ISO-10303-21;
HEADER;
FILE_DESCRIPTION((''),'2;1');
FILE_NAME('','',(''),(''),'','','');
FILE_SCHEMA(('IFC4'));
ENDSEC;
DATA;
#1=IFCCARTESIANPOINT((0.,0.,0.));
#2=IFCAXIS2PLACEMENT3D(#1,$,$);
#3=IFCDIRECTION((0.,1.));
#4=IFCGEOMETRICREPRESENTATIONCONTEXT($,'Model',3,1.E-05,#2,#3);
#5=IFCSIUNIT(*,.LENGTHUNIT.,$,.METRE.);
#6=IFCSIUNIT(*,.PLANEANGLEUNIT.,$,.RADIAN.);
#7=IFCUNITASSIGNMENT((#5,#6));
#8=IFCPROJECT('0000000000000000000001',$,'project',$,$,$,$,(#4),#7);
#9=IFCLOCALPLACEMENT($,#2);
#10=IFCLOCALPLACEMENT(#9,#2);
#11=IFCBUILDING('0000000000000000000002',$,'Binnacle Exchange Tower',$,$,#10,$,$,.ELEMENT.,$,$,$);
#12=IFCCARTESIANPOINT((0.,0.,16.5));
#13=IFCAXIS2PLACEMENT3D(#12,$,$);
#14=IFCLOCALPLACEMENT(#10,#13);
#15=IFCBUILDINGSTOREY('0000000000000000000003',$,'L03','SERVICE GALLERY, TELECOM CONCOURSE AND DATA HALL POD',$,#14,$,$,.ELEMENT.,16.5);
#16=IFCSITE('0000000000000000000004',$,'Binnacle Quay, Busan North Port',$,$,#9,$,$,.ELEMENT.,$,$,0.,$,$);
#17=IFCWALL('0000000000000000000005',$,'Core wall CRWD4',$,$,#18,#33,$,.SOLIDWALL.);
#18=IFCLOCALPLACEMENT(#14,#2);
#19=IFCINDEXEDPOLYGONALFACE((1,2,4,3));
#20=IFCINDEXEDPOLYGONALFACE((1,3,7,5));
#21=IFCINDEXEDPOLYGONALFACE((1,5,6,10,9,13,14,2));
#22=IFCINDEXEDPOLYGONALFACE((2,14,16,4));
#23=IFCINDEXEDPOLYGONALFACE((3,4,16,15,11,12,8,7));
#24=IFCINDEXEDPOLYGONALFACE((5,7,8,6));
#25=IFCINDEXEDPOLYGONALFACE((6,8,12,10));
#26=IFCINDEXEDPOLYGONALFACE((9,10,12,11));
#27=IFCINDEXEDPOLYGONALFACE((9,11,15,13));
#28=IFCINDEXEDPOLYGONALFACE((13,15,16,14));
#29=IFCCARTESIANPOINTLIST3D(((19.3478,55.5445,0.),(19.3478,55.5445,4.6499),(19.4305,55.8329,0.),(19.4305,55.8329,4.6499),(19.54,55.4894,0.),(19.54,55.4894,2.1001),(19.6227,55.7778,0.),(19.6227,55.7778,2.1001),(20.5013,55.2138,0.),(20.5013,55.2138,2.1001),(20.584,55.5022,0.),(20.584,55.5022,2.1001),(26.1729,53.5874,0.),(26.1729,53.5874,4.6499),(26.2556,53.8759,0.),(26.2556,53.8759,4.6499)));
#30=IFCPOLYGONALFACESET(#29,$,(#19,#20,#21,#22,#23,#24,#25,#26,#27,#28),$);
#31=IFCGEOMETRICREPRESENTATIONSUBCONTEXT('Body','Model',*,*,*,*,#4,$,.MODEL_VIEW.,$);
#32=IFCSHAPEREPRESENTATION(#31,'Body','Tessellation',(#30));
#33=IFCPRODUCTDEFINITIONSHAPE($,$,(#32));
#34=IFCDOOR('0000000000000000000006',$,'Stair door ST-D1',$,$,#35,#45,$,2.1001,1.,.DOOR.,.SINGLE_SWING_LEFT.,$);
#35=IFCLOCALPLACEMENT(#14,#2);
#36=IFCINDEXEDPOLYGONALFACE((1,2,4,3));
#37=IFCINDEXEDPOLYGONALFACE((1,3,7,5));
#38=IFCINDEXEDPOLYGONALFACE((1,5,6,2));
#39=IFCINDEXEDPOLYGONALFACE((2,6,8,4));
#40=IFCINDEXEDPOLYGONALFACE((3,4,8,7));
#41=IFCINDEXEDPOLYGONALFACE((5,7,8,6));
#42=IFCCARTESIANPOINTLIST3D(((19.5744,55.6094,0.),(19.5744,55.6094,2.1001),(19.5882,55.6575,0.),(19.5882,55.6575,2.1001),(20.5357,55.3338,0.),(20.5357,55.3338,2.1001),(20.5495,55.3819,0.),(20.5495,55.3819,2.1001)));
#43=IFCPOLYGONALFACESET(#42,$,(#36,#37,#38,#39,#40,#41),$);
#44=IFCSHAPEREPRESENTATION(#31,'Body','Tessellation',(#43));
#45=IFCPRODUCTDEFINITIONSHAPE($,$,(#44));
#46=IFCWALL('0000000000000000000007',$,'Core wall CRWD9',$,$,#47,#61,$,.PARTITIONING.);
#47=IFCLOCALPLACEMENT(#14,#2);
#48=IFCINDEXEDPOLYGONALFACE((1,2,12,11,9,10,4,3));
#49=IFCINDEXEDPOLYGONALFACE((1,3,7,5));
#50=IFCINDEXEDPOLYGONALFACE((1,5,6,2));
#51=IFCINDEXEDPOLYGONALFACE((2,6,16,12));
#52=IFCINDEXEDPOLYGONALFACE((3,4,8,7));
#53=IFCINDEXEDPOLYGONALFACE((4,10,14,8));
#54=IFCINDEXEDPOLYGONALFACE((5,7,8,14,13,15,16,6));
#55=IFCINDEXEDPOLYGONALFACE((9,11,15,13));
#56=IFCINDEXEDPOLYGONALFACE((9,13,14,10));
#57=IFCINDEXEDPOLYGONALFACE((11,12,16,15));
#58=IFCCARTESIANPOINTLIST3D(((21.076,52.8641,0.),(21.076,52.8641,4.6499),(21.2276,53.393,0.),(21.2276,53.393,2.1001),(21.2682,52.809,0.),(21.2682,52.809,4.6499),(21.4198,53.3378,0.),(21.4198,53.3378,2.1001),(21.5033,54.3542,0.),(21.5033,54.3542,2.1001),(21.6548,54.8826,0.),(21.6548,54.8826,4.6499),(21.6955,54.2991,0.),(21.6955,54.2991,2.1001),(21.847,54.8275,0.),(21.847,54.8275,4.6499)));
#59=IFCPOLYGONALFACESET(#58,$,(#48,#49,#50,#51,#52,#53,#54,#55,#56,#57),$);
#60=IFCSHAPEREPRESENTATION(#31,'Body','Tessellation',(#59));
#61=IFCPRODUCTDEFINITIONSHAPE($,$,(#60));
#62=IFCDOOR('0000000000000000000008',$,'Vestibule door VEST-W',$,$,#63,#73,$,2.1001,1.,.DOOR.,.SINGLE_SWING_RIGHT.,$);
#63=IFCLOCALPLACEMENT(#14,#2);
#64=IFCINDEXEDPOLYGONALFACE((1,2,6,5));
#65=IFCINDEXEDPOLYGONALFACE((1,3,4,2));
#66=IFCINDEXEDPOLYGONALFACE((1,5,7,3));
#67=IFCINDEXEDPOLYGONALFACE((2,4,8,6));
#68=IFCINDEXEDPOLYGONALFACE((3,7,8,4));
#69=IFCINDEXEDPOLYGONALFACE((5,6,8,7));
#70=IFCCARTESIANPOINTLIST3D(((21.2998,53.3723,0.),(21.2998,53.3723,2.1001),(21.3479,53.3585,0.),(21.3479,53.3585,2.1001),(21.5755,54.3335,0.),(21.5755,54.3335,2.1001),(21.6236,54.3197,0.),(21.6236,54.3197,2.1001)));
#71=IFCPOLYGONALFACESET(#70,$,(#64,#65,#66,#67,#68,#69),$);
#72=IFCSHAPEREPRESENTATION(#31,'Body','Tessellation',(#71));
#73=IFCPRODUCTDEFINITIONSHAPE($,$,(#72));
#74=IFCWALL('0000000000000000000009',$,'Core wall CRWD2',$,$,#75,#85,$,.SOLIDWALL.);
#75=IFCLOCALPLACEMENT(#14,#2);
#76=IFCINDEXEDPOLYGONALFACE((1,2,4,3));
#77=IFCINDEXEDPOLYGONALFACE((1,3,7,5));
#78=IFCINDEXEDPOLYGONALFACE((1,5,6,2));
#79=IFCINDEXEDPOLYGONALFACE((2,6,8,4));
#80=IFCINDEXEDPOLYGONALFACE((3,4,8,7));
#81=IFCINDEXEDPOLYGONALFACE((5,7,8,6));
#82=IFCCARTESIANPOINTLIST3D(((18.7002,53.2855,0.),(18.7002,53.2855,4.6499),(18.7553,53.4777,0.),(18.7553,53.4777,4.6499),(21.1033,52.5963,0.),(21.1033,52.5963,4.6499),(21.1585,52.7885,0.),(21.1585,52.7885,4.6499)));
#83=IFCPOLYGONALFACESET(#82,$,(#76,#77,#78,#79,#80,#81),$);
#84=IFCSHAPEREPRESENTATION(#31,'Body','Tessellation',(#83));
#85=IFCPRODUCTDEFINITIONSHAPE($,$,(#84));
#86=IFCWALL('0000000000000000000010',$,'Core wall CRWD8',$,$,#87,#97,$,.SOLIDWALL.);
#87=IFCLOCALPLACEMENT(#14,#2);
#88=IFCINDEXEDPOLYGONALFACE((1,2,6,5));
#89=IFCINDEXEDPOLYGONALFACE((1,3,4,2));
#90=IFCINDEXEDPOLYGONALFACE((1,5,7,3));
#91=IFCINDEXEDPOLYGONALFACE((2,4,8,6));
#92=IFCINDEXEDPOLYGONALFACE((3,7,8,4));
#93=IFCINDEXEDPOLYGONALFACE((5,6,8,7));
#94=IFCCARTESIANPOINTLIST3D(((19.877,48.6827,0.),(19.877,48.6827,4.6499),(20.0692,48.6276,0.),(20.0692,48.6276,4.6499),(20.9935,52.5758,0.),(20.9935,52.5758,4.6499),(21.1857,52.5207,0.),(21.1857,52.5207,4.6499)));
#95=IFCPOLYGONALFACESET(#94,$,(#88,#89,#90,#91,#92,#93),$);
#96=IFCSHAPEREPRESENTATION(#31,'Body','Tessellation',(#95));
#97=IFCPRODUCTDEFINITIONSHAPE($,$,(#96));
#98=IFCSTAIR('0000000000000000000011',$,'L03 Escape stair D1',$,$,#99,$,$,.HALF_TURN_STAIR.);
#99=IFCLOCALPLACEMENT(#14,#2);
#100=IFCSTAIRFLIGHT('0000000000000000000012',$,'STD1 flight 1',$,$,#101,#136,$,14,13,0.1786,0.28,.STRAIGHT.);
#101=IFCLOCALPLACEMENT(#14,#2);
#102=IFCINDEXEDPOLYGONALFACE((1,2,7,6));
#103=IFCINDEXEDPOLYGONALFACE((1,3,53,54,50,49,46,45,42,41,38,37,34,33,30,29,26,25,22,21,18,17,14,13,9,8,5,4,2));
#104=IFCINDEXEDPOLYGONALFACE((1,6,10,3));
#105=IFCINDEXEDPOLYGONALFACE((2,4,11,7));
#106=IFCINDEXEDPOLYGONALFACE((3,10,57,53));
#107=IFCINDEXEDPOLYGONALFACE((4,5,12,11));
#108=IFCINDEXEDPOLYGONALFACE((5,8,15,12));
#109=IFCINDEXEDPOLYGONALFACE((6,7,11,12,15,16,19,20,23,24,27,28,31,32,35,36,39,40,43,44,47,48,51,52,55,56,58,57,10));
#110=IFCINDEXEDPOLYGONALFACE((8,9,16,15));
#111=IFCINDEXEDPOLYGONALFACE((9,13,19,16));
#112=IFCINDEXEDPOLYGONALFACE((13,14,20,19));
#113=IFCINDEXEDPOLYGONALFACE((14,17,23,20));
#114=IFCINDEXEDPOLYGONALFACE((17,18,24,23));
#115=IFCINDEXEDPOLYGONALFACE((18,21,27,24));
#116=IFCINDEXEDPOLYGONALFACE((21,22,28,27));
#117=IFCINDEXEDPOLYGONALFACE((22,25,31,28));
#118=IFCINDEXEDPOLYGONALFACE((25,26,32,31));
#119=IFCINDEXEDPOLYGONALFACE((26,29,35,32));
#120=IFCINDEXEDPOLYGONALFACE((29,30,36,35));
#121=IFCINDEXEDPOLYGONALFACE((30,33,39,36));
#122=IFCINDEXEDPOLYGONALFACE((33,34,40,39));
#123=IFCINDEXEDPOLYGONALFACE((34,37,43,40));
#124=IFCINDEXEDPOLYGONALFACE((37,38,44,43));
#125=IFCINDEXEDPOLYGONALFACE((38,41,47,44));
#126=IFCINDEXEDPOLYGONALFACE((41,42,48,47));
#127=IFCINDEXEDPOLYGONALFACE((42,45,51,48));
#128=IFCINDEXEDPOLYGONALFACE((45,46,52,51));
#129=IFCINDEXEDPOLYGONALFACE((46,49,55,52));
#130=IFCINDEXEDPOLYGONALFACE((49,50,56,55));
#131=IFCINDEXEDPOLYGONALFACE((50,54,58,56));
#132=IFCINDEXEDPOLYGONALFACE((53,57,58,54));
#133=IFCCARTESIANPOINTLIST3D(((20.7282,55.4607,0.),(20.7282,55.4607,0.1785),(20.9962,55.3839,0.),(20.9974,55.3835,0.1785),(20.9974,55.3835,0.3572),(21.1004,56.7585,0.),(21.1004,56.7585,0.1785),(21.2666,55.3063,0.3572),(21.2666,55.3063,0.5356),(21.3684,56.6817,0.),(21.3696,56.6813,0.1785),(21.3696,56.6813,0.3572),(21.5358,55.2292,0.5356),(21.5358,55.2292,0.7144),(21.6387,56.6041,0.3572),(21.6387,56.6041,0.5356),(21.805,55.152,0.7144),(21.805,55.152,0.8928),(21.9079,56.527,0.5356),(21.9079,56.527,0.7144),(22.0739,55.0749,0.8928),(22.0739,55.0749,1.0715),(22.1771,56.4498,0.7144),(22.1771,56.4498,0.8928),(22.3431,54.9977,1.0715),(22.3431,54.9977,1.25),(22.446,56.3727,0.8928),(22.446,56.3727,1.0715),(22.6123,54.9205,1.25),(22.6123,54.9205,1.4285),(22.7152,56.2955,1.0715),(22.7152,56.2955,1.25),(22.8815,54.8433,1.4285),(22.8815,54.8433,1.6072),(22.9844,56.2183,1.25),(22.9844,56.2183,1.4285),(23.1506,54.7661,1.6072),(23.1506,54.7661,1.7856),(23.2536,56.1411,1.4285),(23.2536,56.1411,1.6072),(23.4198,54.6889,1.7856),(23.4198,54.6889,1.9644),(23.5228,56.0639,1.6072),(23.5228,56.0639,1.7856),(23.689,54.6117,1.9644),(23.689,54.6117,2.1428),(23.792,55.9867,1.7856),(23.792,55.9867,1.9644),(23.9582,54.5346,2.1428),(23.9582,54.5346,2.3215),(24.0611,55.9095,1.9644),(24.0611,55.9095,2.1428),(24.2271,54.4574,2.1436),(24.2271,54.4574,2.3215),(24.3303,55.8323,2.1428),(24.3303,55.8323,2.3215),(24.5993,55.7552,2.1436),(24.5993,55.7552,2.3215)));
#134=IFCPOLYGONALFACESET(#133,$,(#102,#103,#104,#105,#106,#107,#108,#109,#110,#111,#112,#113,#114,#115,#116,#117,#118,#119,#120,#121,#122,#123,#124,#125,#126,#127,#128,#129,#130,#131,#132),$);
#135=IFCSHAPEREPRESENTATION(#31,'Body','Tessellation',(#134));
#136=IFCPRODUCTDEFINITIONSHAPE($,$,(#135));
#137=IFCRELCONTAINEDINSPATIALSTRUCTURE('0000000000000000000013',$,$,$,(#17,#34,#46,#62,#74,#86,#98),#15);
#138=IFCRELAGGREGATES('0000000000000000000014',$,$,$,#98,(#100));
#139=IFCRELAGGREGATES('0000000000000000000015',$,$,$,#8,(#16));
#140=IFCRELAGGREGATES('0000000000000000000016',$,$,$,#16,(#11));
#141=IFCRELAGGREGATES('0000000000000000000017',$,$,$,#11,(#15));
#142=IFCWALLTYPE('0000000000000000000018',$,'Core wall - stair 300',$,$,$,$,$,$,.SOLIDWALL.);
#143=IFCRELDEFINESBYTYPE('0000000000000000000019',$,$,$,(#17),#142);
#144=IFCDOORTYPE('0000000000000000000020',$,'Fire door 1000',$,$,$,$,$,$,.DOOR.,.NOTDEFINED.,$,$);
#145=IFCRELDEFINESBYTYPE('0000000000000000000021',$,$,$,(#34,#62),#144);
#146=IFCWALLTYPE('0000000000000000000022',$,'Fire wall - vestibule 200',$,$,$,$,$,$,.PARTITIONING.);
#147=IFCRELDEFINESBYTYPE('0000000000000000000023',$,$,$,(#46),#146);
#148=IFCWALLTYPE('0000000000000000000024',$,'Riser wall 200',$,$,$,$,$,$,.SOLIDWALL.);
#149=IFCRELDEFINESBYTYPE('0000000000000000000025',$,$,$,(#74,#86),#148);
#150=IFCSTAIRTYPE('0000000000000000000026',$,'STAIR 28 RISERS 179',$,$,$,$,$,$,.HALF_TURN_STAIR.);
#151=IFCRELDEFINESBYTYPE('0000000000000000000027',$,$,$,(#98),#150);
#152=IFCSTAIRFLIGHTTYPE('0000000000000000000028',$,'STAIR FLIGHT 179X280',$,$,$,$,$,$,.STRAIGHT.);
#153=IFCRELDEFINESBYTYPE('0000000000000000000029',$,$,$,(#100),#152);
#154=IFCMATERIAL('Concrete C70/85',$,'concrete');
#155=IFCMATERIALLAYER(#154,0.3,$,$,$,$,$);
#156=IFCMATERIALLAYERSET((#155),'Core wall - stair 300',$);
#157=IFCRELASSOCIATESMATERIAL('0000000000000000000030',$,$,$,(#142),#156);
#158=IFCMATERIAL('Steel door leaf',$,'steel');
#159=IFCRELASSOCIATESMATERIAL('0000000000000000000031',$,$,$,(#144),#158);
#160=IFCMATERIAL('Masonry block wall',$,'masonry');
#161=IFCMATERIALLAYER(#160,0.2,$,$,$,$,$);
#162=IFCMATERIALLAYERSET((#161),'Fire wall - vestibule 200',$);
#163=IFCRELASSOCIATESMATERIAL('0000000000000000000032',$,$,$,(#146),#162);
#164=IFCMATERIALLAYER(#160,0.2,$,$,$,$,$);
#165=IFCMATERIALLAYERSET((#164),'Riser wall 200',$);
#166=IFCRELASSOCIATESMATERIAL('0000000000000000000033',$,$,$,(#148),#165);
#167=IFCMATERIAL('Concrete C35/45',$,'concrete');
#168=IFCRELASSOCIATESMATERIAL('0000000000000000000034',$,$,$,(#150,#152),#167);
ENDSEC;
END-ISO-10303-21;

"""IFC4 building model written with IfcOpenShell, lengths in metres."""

from ifc_helpers import new_model, si_unit, direction, frame, frame_2d, origin, place, context, subcontext, project, spatial, polyline, rectangle, outline, extrude, material, layer, layer_set, type_object, element, fill, aggregate, save


model = new_model("IFC4")

# Units and contexts
model_context = context("Model", 3, precision=1e-05, world=origin(), true_north=direction((0.0, 1.0)))
body_context = subcontext(model_context, "Body", "Model", "MODEL_VIEW")
ifc_project = project(units=[si_unit("LENGTHUNIT", "METRE"), si_unit("PLANEANGLEUNIT", "RADIAN")], contexts=[model_context])

# Site, building, storey
site_placement = place(None, origin())
site = spatial("IfcSite", under=ifc_project, at=site_placement, Name="Binnacle Quay, Busan North Port", CompositionType="ELEMENT", RefElevation=0.0)
building_placement = place(site_placement, origin())
building = spatial("IfcBuilding", under=site, at=building_placement, Name="Binnacle Exchange Tower", CompositionType="ELEMENT")
storey_placement = place(building_placement, frame((0.0, 0.0, 16.5)))
storey = spatial("IfcBuildingStorey", under=building, at=storey_placement, Name="L03", Description="SERVICE GALLERY, TELECOM CONCOURSE AND DATA HALL POD", CompositionType="ELEMENT", Elevation=16.5)

# Shared definitions
ifc_material_1 = material(Name="Concrete C70/85", Category="concrete")

# Shared definitions
ifc_material_2 = material(Name="Steel door leaf", Category="steel")

# Walls, openings, doors
ifc_layer_1 = layer(ifc_material_1, 0.3)
ifc_layer_set_1 = layer_set([ifc_layer_1], Name="Core wall - stair 300")
wall_type_1 = type_object("IfcWallType", Name="Core wall - stair 300", PredefinedType="SOLIDWALL", material=ifc_layer_set_1)
wall_1_placement = place(storey_placement, frame((19.3892, 55.6887, 0.0), z_axis=(0.0, 0.0, 1.0), x_axis=(0.961261, -0.275638, 0.0)))
wall_1 = element("IfcWall", 1, at=wall_1_placement, inside=storey, type_object=wall_type_1, Name="Core wall CRWD4", PredefinedType="SOLIDWALL", context=body_context, shape_type="SweptSolid", body=[
    extrude(rectangle(XDim=7.1001, YDim=0.3, at=frame_2d((3.55, 0.0))), origin(), (0.0, 0.0, 1.0), 4.6499),
])
opening_1_placement = place(wall_1_placement, frame((0.2, 0.0, 0.0)))
opening_1 = element("IfcOpeningElement", 2, at=opening_1_placement, cuts=wall_1, PredefinedType="OPENING", context=body_context, shape_type="SweptSolid", body=[
    extrude(rectangle(XDim=1.0, YDim=2.1001, at=frame_2d((0.5, 1.05))), frame((0.0, 0.1599, 0.0), z_axis=(0.0, -1.0, 0.0), x_axis=(1.0, 0.0, 0.0)), (0.0, 0.0, 1.0), 0.3201),
])
door_type_1 = type_object("IfcDoorType", Name="Fire door 1000", OperationType="NOTDEFINED", PredefinedType="DOOR", material=ifc_material_2)
door_1_placement = place(opening_1_placement, origin())
door_1 = element("IfcDoor", 3, at=door_1_placement, inside=storey, type_object=door_type_1, Name="Stair door ST-D1", OperationType="SINGLE_SWING_LEFT", OverallHeight=2.1001, OverallWidth=1.0, PredefinedType="DOOR", context=body_context, shape_type="SweptSolid", body=[
    extrude(rectangle(XDim=1.0, YDim=2.1001, at=frame_2d((0.5, 1.05))), frame((0.0, 0.0249, 0.0), z_axis=(0.0, -1.0, 0.0), x_axis=(1.0, 0.0, 0.0)), (0.0, 0.0, 1.0), 0.05),
])
fill(opening_1, door_1)
ifc_material_3 = material(Name="Masonry block wall", Category="masonry")
ifc_layer_2 = layer(ifc_material_3, 0.2)
ifc_layer_set_2 = layer_set([ifc_layer_2], Name="Fire wall - vestibule 200")
wall_type_2 = type_object("IfcWallType", Name="Fire wall - vestibule 200", PredefinedType="PARTITIONING", material=ifc_layer_set_2)
wall_2_placement = place(storey_placement, frame((21.1721, 52.8367, 0.0), z_axis=(0.0, 0.0, 1.0), x_axis=(0.275658, 0.961256, 0.0)))
wall_2 = element("IfcWall", 4, at=wall_2_placement, inside=storey, type_object=wall_type_2, Name="Core wall CRWD9", PredefinedType="PARTITIONING", context=body_context, shape_type="SweptSolid", body=[
    extrude(rectangle(XDim=2.0999, YDim=0.2, at=frame_2d((1.0498, 0.0))), origin(), (0.0, 0.0, 1.0), 4.6499),
])
opening_2_placement = place(wall_2_placement, frame((0.55, 0.0, 0.0)))
opening_2 = element("IfcOpeningElement", 5, at=opening_2_placement, cuts=wall_2, PredefinedType="OPENING", context=body_context, shape_type="SweptSolid", body=[
    extrude(rectangle(XDim=1.0, YDim=2.1001, at=frame_2d((0.5, 1.05))), frame((0.0, 0.1099, 0.0), z_axis=(0.0, -1.0, 0.0), x_axis=(1.0, 0.0, 0.0)), (0.0, 0.0, 1.0), 0.22),
])
door_2_placement = place(opening_2_placement, origin())
door_2 = element("IfcDoor", 6, at=door_2_placement, inside=storey, type_object=door_type_1, Name="Vestibule door VEST-W", OperationType="SINGLE_SWING_RIGHT", OverallHeight=2.1001, OverallWidth=1.0, PredefinedType="DOOR", context=body_context, shape_type="SweptSolid", body=[
    extrude(rectangle(XDim=1.0, YDim=2.1001, at=frame_2d((0.5, 1.05))), frame((0.0, 0.0249, 0.0), z_axis=(0.0, -1.0, 0.0), x_axis=(1.0, 0.0, 0.0)), (0.0, 0.0, 1.0), 0.05),
])
fill(opening_2, door_2)

# Walls
ifc_layer_3 = layer(ifc_material_3, 0.2)
ifc_layer_set_3 = layer_set([ifc_layer_3], Name="Riser wall 200")
wall_type_3 = type_object("IfcWallType", Name="Riser wall 200", PredefinedType="SOLIDWALL", material=ifc_layer_set_3)
wall_3_placement = place(storey_placement, frame((18.7278, 53.3816, 0.0), z_axis=(0.0, 0.0, 1.0), x_axis=(0.961247, -0.275688, 0.0)))
element("IfcWall", 7, at=wall_3_placement, inside=storey, type_object=wall_type_3, Name="Core wall CRWD2", PredefinedType="SOLIDWALL", context=body_context, shape_type="SweptSolid", body=[
    extrude(rectangle(XDim=2.5, YDim=0.2, at=frame_2d((1.25, 0.0))), origin(), (0.0, 0.0, 1.0), 4.6499),
])
wall_4_placement = place(storey_placement, frame((19.9731, 48.6553, 0.0), z_axis=(0.0, 0.0, 1.0), x_axis=(0.275668, 0.961253, 0.0)))
element("IfcWall", 8, at=wall_4_placement, inside=storey, type_object=wall_type_3, Name="Core wall CRWD8", PredefinedType="SOLIDWALL", context=body_context, shape_type="SweptSolid", body=[
    extrude(rectangle(XDim=4.05, YDim=0.2, at=frame_2d((2.0249, 0.0))), origin(), (0.0, 0.0, 1.0), 4.6499),
])

# Stair, stair flight
ifc_material_4 = material(Name="Concrete C35/45", Category="concrete")
stair_type = type_object("IfcStairType", Name="STAIR 28 RISERS 179", PredefinedType="HALF_TURN_STAIR", material=ifc_material_4)
stair_placement = place(storey_placement, origin())
stair = element("IfcStair", 9, at=stair_placement, inside=storey, type_object=stair_type, Name="L03 Escape stair D1", PredefinedType="HALF_TURN_STAIR")
stair_flight_type = type_object("IfcStairFlightType", Name="STAIR FLIGHT 179X280", PredefinedType="STRAIGHT", material=ifc_material_4)
stair_flight_placement = place(storey_placement, frame((20.9143, 56.1096, 0.0), z_axis=(0.0, 0.0, 1.0), x_axis=(0.961262, -0.275637, 0.0)))
stair_flight = element("IfcStairFlight", 10, at=stair_flight_placement, type_object=stair_flight_type, Name="STD1 flight 1", NumberOfRisers=14, NumberOfTreads=13, PredefinedType="STRAIGHT", RiserHeight=0.1786, TreadLength=0.28, context=body_context, shape_type="SweptSolid", body=[
    extrude(outline(polyline([(0.0, 0.0), (0.0, 0.1785), (0.28, 0.1785), (0.28, 0.3572), (0.5601, 0.3572), (0.5601, 0.5356), (0.8401, 0.5356), (0.8401, 0.7144), (1.1201, 0.7144), (1.1201, 0.8928), (1.3999, 0.8928), (1.3999, 1.0715), (1.6799, 1.0715), (1.6799, 1.25), (1.96, 1.25), (1.96, 1.4285), (2.24, 1.4285), (2.24, 1.6072), (2.52, 1.6072), (2.52, 1.7856), (2.8, 1.7856), (2.8, 1.9644), (3.0801, 1.9644), (3.0801, 2.1428), (3.3601, 2.1428), (3.3601, 2.3215), (3.6399, 2.3215), (3.6399, 2.5), (3.6399, 2.1436), (0.2788, 0.0), (0.0, 0.0)])), frame((0.0, 0.675, 0.0), z_axis=(0.0, -1.0, 0.0), x_axis=(1.0, 0.0, 0.0)), (0.0, 0.0, 1.0), 1.3501),
])
aggregate(stair, [stair_flight])

save(model, "model.ifc")
